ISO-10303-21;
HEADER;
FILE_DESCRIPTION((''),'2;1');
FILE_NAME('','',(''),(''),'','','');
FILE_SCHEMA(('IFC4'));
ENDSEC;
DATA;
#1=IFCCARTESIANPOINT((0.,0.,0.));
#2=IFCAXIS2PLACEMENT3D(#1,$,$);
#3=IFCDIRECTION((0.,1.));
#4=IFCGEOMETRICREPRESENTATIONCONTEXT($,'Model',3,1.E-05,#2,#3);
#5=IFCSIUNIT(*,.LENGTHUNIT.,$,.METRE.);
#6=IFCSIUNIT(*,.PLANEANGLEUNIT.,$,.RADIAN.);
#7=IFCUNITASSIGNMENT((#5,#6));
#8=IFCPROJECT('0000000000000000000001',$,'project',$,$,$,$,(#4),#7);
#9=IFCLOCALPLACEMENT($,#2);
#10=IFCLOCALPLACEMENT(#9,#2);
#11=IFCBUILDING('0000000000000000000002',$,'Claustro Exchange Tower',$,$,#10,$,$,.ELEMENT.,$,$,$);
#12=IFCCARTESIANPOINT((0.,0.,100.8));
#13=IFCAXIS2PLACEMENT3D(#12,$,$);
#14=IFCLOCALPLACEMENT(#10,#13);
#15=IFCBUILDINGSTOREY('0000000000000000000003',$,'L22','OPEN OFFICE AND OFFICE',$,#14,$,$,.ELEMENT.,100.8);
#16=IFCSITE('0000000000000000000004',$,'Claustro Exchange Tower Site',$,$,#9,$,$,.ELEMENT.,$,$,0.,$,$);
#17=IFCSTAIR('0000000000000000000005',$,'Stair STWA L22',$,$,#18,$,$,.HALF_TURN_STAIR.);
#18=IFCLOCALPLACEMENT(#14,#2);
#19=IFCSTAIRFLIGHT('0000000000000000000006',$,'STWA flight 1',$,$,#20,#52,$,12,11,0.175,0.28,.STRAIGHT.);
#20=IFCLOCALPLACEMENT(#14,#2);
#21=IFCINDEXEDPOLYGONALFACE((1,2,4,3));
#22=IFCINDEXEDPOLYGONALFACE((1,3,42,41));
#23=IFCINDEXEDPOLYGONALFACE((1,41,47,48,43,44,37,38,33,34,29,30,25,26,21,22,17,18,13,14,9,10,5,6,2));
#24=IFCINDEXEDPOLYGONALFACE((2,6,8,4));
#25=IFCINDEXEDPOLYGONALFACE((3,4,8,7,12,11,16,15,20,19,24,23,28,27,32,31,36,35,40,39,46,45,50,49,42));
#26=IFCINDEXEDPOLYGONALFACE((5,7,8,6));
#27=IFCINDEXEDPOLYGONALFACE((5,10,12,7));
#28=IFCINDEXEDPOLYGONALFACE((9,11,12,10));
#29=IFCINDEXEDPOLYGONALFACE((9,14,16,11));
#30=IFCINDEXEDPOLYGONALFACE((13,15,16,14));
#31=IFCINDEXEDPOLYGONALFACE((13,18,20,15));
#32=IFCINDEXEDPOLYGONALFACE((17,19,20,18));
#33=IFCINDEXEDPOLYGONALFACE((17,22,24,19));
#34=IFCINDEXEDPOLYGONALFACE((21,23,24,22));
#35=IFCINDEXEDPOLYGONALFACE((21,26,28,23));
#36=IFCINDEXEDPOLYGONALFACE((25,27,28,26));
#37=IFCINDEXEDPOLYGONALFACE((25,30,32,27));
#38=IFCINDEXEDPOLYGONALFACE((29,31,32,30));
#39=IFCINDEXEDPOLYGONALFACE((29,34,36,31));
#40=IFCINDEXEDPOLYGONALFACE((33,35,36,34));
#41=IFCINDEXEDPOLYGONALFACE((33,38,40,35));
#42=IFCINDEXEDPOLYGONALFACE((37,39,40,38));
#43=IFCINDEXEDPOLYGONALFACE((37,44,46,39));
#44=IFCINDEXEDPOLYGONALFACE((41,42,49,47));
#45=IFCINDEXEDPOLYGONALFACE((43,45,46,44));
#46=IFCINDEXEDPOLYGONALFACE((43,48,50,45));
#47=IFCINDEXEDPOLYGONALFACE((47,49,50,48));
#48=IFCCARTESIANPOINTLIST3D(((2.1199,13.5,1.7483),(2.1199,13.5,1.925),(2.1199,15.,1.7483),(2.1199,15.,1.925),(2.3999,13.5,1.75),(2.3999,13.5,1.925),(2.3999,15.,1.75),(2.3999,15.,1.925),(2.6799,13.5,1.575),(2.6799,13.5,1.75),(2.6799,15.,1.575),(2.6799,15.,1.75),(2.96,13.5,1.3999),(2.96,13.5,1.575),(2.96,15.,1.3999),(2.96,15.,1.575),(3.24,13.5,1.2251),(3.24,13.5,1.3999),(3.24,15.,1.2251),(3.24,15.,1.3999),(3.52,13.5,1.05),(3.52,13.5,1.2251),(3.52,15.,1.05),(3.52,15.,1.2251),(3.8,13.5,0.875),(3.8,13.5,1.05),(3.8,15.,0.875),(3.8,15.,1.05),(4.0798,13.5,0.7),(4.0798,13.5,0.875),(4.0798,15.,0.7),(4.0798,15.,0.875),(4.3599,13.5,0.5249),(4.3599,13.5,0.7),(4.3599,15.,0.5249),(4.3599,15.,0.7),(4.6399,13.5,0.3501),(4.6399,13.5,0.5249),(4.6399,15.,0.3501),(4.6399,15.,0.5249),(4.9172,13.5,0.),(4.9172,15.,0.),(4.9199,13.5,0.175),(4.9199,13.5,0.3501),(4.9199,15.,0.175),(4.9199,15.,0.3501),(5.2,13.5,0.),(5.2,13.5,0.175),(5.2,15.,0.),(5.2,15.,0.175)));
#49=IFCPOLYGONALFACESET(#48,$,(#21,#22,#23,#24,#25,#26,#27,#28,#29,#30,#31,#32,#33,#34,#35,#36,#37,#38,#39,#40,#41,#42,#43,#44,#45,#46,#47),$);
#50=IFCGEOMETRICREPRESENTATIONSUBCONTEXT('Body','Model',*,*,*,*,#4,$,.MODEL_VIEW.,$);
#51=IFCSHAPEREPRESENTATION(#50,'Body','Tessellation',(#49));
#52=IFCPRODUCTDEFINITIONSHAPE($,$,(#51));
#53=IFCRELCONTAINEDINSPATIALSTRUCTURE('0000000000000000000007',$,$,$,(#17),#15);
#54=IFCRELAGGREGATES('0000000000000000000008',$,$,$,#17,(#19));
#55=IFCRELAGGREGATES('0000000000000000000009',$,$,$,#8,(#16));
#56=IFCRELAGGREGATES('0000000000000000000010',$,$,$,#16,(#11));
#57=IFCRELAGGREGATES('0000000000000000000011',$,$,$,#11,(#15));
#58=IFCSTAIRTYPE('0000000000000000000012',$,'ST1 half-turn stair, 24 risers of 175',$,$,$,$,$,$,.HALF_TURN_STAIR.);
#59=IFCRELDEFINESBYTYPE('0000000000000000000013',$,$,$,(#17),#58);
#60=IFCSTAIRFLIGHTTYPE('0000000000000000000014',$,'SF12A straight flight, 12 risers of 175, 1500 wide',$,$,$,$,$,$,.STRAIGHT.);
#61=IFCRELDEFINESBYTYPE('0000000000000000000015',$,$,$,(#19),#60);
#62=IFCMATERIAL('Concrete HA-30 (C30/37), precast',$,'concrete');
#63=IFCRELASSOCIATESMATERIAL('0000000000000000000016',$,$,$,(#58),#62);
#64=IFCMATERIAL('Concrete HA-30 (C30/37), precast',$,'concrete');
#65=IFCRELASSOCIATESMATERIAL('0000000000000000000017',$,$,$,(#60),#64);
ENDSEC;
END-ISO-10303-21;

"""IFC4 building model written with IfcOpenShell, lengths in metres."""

from ifc_helpers import new_model, si_unit, direction, frame, origin, place, context, subcontext, project, spatial, polyline, outline, extrude, material, type_object, element, aggregate, save


model = new_model("IFC4")

# Units and contexts
model_context = context("Model", 3, precision=1e-05, world=origin(), true_north=direction((0.0, 1.0)))
body_context = subcontext(model_context, "Body", "Model", "MODEL_VIEW")
ifc_project = project(units=[si_unit("LENGTHUNIT", "METRE"), si_unit("PLANEANGLEUNIT", "RADIAN")], contexts=[model_context])

# Site, building, storey
site_placement = place(None, origin())
site = spatial("IfcSite", under=ifc_project, at=site_placement, Name="Claustro Exchange Tower Site", CompositionType="ELEMENT", RefElevation=0.0)
building_placement = place(site_placement, origin())
building = spatial("IfcBuilding", under=site, at=building_placement, Name="Claustro Exchange Tower", CompositionType="ELEMENT")
storey_placement = place(building_placement, frame((0.0, 0.0, 100.8)))
storey = spatial("IfcBuildingStorey", under=building, at=storey_placement, Name="L22", Description="OPEN OFFICE AND OFFICE", CompositionType="ELEMENT", Elevation=100.8)

# Stair, stair flight
ifc_material_1 = material(Name="Concrete HA-30 (C30/37), precast", Category="concrete")
stair_type = type_object("IfcStairType", Name="ST1 half-turn stair, 24 risers of 175", PredefinedType="HALF_TURN_STAIR", material=ifc_material_1)
stair_placement = place(storey_placement, origin())
stair = element("IfcStair", 1, at=stair_placement, inside=storey, type_object=stair_type, Name="Stair STWA L22", PredefinedType="HALF_TURN_STAIR")
ifc_material_2 = material(Name="Concrete HA-30 (C30/37), precast", Category="concrete")
stair_flight_type = type_object("IfcStairFlightType", Name="SF12A straight flight, 12 risers of 175, 1500 wide", PredefinedType="STRAIGHT", material=ifc_material_2)
stair_flight_placement = place(storey_placement, frame((5.2, 14.25, 0.0), z_axis=(0.0, 0.0, 1.0), x_axis=(-1.0, 0.0, 0.0)))
stair_flight = element("IfcStairFlight", 2, at=stair_flight_placement, type_object=stair_flight_type, Name="STWA flight 1", NumberOfRisers=12, NumberOfTreads=11, PredefinedType="STRAIGHT", RiserHeight=0.175, TreadLength=0.28, context=body_context, shape_type="SweptSolid", body=[
    extrude(outline(polyline([(0.0, 0.0), (0.0, 0.175), (0.28, 0.175), (0.28, 0.3501), (0.5601, 0.3501), (0.5601, 0.5249), (0.8401, 0.5249), (0.8401, 0.7), (1.1201, 0.7), (1.1201, 0.875), (1.3999, 0.875), (1.3999, 1.05), (1.6799, 1.05), (1.6799, 1.2251), (1.96, 1.2251), (1.96, 1.3999), (2.24, 1.3999), (2.24, 1.575), (2.52, 1.575), (2.52, 1.75), (2.8, 1.75), (2.8, 1.925), (3.0801, 1.925), (3.0801, 2.1001), (3.0801, 1.7483), (0.2827, 0.0), (0.0, 0.0)])), frame((0.0, 0.75, 0.0), z_axis=(0.0, -1.0, 0.0), x_axis=(1.0, 0.0, 0.0)), (0.0, 0.0, 1.0), 1.5),
])
aggregate(stair, [stair_flight])

save(model, "model.ifc")
